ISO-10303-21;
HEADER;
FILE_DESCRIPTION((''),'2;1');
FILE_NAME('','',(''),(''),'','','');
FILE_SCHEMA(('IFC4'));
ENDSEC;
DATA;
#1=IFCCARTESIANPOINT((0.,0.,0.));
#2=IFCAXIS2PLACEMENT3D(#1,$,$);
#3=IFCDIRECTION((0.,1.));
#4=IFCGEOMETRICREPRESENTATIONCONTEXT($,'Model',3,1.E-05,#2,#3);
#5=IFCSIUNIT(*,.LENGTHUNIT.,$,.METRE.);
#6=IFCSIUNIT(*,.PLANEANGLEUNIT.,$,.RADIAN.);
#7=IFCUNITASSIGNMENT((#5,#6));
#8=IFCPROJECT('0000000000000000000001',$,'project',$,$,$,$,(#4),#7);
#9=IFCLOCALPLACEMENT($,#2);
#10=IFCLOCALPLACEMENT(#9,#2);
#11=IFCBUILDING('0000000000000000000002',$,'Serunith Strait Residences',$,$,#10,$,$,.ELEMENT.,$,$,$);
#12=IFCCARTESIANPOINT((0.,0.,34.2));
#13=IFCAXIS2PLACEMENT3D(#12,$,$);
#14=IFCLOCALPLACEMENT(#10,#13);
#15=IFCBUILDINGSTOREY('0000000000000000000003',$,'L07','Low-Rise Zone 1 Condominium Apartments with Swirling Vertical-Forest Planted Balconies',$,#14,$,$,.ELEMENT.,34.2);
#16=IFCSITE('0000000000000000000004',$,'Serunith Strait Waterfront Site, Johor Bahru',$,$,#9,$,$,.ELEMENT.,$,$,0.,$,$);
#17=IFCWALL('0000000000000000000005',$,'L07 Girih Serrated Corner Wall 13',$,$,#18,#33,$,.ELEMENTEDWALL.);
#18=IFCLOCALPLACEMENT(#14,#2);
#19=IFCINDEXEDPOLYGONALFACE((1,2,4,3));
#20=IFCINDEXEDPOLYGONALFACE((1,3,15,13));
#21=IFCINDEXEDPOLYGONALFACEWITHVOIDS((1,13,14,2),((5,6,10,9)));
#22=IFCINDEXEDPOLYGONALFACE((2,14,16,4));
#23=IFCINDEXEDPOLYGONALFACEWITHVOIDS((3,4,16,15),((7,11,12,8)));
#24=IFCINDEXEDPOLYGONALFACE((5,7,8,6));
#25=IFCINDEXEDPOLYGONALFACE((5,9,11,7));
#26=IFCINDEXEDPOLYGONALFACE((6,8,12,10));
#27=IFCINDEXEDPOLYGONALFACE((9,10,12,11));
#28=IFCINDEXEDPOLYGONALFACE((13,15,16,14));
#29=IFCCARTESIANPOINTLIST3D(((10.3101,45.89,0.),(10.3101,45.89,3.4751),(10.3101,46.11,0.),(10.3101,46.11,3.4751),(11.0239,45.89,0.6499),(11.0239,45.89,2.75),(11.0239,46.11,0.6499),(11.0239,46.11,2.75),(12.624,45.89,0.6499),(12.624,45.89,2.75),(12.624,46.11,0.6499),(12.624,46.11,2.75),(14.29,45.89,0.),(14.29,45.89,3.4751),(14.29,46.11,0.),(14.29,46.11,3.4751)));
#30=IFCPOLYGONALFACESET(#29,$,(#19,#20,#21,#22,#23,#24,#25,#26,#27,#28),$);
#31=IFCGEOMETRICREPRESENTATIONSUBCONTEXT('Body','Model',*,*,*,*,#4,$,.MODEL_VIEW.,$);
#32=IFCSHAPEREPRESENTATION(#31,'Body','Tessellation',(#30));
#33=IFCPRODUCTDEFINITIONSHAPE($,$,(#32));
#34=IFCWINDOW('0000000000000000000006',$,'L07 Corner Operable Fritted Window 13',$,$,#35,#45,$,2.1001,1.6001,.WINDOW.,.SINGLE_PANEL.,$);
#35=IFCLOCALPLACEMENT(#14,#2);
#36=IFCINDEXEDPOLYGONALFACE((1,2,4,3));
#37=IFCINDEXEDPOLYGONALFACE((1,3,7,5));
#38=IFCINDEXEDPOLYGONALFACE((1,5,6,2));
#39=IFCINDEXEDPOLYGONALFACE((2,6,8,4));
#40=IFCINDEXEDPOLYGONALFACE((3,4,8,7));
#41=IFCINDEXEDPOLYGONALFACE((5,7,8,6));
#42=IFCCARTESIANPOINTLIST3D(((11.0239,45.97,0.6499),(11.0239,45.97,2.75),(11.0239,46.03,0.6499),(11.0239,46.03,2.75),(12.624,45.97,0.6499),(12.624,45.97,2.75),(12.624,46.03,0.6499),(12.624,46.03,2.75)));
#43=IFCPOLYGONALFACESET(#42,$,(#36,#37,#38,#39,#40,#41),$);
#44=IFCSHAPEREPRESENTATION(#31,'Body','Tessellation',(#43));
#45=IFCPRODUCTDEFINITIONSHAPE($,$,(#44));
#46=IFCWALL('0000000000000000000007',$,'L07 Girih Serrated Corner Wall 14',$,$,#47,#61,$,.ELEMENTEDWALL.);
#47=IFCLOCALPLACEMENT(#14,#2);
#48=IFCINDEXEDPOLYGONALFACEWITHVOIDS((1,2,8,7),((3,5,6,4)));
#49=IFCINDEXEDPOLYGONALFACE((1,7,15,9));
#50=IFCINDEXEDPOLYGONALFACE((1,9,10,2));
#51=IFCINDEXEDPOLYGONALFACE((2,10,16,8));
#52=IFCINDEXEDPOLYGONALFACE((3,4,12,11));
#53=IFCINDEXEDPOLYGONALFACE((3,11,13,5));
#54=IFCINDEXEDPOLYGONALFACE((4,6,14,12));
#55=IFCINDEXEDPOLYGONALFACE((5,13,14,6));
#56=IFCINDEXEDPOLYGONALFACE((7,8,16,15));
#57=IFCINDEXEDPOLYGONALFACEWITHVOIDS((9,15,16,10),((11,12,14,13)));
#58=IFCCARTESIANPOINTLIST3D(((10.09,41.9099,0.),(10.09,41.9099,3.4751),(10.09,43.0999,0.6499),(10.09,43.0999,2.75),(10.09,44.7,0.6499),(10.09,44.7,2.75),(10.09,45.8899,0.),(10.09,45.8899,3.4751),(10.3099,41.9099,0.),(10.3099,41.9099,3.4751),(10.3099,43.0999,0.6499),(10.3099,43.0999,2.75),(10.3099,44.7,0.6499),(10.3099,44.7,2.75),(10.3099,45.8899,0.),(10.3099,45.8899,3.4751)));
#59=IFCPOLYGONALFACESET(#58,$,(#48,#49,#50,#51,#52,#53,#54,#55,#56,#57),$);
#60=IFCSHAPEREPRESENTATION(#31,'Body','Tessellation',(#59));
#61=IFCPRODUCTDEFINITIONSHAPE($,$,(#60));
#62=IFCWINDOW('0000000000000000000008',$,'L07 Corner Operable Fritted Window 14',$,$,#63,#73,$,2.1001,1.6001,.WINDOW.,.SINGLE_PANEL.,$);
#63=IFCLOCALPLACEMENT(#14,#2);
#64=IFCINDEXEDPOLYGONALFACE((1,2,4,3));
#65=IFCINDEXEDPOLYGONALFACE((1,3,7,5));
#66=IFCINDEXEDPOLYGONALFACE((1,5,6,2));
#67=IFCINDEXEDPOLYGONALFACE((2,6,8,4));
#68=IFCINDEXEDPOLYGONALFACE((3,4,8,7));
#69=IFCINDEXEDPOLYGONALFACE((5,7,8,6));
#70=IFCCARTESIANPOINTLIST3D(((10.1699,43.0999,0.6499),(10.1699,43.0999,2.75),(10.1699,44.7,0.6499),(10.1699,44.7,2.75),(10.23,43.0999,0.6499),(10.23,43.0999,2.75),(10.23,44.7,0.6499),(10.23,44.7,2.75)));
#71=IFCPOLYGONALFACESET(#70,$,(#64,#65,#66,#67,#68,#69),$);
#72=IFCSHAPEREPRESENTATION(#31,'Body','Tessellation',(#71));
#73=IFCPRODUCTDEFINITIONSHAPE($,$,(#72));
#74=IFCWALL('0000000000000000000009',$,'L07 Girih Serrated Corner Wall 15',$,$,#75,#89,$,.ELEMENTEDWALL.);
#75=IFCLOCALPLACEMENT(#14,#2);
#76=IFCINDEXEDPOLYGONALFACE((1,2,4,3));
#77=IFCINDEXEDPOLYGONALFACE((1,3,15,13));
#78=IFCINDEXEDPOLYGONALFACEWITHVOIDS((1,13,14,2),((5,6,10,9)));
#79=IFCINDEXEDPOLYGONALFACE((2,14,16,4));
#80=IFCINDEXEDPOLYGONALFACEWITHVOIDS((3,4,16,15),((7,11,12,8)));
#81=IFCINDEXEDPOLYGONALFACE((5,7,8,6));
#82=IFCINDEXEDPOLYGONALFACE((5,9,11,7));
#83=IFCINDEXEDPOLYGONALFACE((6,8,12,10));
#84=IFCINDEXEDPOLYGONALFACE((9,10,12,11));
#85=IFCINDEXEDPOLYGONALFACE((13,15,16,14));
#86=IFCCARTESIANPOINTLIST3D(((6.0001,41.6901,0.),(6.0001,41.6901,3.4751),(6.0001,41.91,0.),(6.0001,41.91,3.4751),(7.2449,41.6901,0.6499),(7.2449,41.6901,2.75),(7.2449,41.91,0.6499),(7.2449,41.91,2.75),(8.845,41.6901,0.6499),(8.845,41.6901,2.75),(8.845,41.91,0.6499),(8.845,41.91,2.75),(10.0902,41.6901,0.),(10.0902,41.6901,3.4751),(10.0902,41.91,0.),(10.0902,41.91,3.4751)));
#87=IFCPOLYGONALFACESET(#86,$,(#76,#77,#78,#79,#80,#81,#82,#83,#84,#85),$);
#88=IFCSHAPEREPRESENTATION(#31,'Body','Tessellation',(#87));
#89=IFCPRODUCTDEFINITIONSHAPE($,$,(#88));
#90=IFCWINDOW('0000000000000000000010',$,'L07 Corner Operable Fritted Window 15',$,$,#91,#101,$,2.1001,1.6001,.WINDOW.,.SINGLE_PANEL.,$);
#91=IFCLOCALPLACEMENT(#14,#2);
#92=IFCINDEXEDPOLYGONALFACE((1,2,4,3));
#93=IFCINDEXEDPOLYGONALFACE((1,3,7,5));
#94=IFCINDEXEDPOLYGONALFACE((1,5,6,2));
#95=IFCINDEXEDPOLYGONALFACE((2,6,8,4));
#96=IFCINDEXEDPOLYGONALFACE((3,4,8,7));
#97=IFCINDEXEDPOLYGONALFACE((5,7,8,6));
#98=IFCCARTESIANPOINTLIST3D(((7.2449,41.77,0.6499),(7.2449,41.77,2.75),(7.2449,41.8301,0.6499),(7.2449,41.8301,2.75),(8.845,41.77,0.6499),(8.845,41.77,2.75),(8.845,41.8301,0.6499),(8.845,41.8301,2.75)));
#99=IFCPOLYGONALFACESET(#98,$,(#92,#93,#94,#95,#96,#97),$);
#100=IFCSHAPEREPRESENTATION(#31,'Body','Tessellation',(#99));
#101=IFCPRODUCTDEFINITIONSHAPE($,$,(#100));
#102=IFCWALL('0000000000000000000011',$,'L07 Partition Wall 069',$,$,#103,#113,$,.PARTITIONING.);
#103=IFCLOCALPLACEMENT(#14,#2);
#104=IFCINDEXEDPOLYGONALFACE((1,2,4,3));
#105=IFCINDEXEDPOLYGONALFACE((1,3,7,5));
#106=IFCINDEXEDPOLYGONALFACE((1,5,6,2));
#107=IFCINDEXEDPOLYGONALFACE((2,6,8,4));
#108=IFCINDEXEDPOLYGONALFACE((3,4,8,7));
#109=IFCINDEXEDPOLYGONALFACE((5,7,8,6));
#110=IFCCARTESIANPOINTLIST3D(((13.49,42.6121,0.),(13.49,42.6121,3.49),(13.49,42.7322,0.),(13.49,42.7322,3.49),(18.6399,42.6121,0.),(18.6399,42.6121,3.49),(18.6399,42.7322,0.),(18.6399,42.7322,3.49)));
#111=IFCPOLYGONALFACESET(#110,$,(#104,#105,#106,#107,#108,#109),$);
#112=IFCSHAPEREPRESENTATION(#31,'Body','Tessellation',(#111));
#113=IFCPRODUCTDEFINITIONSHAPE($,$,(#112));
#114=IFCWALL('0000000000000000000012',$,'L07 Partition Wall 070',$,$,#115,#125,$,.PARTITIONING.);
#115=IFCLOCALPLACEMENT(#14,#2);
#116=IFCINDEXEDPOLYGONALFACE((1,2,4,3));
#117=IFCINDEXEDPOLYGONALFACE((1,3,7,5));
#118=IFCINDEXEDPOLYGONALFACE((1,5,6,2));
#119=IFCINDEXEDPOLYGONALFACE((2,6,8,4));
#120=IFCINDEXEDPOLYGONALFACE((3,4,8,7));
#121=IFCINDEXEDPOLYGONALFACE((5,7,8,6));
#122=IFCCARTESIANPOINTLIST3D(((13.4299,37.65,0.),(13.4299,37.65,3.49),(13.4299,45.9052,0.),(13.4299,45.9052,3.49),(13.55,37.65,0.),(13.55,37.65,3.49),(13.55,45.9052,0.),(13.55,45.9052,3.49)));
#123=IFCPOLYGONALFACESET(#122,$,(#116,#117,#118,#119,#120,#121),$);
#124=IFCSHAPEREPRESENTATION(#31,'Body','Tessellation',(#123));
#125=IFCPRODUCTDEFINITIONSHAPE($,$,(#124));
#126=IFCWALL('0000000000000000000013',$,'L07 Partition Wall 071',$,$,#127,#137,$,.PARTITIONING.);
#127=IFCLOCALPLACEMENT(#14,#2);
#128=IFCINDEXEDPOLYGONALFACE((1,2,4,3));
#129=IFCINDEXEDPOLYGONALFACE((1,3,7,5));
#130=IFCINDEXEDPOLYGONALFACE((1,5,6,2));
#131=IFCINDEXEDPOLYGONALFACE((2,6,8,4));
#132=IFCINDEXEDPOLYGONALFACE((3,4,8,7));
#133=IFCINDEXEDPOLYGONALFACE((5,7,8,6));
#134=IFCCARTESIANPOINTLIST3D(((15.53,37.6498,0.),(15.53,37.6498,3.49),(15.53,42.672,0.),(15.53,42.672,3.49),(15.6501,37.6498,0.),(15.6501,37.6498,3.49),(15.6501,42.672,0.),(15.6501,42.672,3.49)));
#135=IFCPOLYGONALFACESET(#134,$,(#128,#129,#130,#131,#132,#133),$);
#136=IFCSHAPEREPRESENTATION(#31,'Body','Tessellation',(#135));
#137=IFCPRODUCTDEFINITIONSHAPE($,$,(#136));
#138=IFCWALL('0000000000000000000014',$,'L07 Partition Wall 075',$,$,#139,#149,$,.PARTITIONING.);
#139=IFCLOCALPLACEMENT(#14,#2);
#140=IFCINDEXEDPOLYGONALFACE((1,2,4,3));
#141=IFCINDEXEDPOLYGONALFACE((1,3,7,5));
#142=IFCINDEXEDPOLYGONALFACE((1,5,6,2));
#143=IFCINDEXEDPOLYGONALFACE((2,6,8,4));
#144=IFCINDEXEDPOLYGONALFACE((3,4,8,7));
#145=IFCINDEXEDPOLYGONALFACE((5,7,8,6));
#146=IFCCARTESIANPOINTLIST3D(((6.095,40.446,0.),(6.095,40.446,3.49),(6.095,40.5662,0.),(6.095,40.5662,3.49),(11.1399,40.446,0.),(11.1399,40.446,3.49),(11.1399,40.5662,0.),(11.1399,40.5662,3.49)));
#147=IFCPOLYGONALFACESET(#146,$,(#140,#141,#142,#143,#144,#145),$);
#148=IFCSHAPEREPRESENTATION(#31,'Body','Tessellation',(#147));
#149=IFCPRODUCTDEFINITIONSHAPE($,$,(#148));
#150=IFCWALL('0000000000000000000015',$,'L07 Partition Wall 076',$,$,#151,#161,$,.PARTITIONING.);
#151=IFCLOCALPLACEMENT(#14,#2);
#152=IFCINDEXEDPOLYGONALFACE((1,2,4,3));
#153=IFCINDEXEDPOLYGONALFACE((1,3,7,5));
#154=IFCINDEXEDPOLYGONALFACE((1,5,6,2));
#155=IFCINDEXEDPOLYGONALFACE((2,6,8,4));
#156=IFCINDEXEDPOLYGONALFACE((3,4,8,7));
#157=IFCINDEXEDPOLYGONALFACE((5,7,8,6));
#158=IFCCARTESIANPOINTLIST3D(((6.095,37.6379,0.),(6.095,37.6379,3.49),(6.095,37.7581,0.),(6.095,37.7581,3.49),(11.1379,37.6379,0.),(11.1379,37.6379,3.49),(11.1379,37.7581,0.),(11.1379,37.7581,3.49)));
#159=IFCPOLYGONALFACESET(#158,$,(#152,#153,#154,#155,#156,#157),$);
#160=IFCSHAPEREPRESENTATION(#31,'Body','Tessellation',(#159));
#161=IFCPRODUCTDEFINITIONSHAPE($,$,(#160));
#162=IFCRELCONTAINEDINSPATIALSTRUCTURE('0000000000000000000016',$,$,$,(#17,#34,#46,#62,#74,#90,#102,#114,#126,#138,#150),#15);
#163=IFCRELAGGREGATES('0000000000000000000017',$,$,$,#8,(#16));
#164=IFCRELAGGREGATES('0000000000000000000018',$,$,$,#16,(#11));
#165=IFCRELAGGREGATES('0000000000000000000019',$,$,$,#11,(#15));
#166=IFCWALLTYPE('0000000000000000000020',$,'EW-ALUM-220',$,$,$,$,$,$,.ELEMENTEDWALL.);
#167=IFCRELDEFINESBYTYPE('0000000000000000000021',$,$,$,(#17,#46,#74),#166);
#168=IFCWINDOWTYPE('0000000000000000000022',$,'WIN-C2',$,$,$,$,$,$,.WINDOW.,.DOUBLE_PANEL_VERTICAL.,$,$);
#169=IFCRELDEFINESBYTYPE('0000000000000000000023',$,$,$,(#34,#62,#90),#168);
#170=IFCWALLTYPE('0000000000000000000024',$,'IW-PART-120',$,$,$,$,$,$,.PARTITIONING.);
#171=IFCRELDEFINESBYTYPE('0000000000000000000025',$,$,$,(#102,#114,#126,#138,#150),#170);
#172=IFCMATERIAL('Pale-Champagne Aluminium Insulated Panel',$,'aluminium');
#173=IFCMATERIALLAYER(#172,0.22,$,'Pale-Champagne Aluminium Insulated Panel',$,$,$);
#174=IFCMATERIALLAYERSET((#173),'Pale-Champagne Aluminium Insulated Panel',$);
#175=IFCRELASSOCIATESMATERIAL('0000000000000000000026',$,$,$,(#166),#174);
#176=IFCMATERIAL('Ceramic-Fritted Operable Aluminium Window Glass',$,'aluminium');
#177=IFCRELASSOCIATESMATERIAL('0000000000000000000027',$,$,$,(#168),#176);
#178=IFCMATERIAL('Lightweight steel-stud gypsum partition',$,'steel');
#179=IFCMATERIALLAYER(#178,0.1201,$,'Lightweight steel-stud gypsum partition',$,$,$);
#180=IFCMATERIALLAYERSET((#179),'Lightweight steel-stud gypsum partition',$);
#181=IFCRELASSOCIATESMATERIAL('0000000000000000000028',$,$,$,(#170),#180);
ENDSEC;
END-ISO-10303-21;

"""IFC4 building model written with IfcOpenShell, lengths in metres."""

from ifc_helpers import new_model, si_unit, direction, frame, frame_2d, origin, place, context, subcontext, project, spatial, rectangle, extrude, source, transform, mapped, material, layer, layer_set, type_object, element, fill, save


model = new_model("IFC4")

# Units and contexts
model_context = context("Model", 3, precision=1e-05, world=origin(), true_north=direction((0.0, 1.0)))
body_context = subcontext(model_context, "Body", "Model", "MODEL_VIEW")
ifc_project = project(units=[si_unit("LENGTHUNIT", "METRE"), si_unit("PLANEANGLEUNIT", "RADIAN")], contexts=[model_context])

# Site, building, storey
site_placement = place(None, origin())
site = spatial("IfcSite", under=ifc_project, at=site_placement, Name="Serunith Strait Waterfront Site, Johor Bahru", CompositionType="ELEMENT", RefElevation=0.0)
building_placement = place(site_placement, origin())
building = spatial("IfcBuilding", under=site, at=building_placement, Name="Serunith Strait Residences", CompositionType="ELEMENT")
storey_placement = place(building_placement, frame((0.0, 0.0, 34.2)))
storey = spatial("IfcBuildingStorey", under=building, at=storey_placement, Name="L07", Description="Low-Rise Zone 1 Condominium Apartments with Swirling Vertical-Forest Planted Balconies", CompositionType="ELEMENT", Elevation=34.2)

# Walls, openings, windows
ifc_material_1 = material(Name="Pale-Champagne Aluminium Insulated Panel", Category="aluminium")
ifc_layer_1 = layer(ifc_material_1, 0.22, Name="Pale-Champagne Aluminium Insulated Panel")
ifc_layer_set_1 = layer_set([ifc_layer_1], Name="Pale-Champagne Aluminium Insulated Panel")
wall_type_1 = type_object("IfcWallType", Name="EW-ALUM-220", PredefinedType="ELEMENTEDWALL", material=ifc_layer_set_1)
ifc_material_2 = material(Name="Ceramic-Fritted Operable Aluminium Window Glass", Category="aluminium")
window_type = type_object("IfcWindowType", Name="WIN-C2", PartitioningType="DOUBLE_PANEL_VERTICAL", PredefinedType="WINDOW", material=ifc_material_2)
shared_shape_1 = source(origin(), body_context, "Body", "SweptSolid", [
    extrude(rectangle(XDim=1.6001, YDim=2.1001, at=frame_2d((0.8, 1.05))), frame((0.0, 0.03, 0.0), z_axis=(0.0, -1.0, 0.0), x_axis=(1.0, 0.0, 0.0)), (0.0, 0.0, 1.0), 0.0601),
])
wall_1_placement = place(storey_placement, frame((14.29, 46.0, 0.0), z_axis=(0.0, 0.0, 1.0), x_axis=(-1.0, 0.0, 0.0)))
wall_1 = element("IfcWall", 1, at=wall_1_placement, inside=storey, type_object=wall_type_1, Name="L07 Girih Serrated Corner Wall 13", PredefinedType="ELEMENTEDWALL", context=body_context, shape_type="SweptSolid", body=[
    extrude(rectangle(XDim=3.98, YDim=0.22, at=frame_2d((1.99, 0.0))), origin(), (0.0, 0.0, 1.0), 3.4751),
])
opening_1_placement = place(wall_1_placement, frame((1.666, 0.0, 0.6499)))
opening_1 = element("IfcOpeningElement", 2, at=opening_1_placement, cuts=wall_1, PredefinedType="OPENING", context=body_context, shape_type="SweptSolid", body=[
    extrude(rectangle(XDim=1.6001, YDim=2.1001, at=frame_2d((0.8, 1.05))), frame((0.0, 0.1201, 0.0), z_axis=(0.0, -1.0, 0.0), x_axis=(1.0, 0.0, 0.0)), (0.0, 0.0, 1.0), 0.24),
])
window_1_placement = place(opening_1_placement, origin())
window_1 = element("IfcWindow", 3, at=window_1_placement, inside=storey, type_object=window_type, Name="L07 Corner Operable Fritted Window 13", OverallHeight=2.1001, OverallWidth=1.6001, PartitioningType="SINGLE_PANEL", PredefinedType="WINDOW", context=body_context, shape_type="MappedRepresentation", body=[
    mapped(shared_shape_1, transform((0.0, 0.0, 0.0), scale=1.0)),
])
fill(opening_1, window_1)
wall_2_placement = place(storey_placement, frame((10.2, 45.8899, 0.0), z_axis=(0.0, 0.0, 1.0), x_axis=(0.0, -1.0, 0.0)))
wall_2 = element("IfcWall", 4, at=wall_2_placement, inside=storey, type_object=wall_type_1, Name="L07 Girih Serrated Corner Wall 14", PredefinedType="ELEMENTEDWALL", context=body_context, shape_type="SweptSolid", body=[
    extrude(rectangle(XDim=3.98, YDim=0.22, at=frame_2d((1.99, 0.0))), origin(), (0.0, 0.0, 1.0), 3.4751),
])
opening_2_placement = place(wall_2_placement, frame((1.1899, 0.0, 0.6499)))
opening_2 = element("IfcOpeningElement", 5, at=opening_2_placement, cuts=wall_2, PredefinedType="OPENING", context=body_context, shape_type="SweptSolid", body=[
    extrude(rectangle(XDim=1.6001, YDim=2.1001, at=frame_2d((0.8, 1.05))), frame((0.0, 0.1201, 0.0), z_axis=(0.0, -1.0, 0.0), x_axis=(1.0, 0.0, 0.0)), (0.0, 0.0, 1.0), 0.24),
])
window_2_placement = place(opening_2_placement, origin())
window_2 = element("IfcWindow", 6, at=window_2_placement, inside=storey, type_object=window_type, Name="L07 Corner Operable Fritted Window 14", OverallHeight=2.1001, OverallWidth=1.6001, PartitioningType="SINGLE_PANEL", PredefinedType="WINDOW", context=body_context, shape_type="MappedRepresentation", body=[
    mapped(shared_shape_1, transform((0.0, 0.0, 0.0), scale=1.0)),
])
fill(opening_2, window_2)
wall_3_placement = place(storey_placement, frame((10.0901, 41.8, 0.0), z_axis=(0.0, 0.0, 1.0), x_axis=(-1.0, 0.0, 0.0)))
wall_3 = element("IfcWall", 7, at=wall_3_placement, inside=storey, type_object=wall_type_1, Name="L07 Girih Serrated Corner Wall 15", PredefinedType="ELEMENTEDWALL", context=body_context, shape_type="SweptSolid", body=[
    extrude(rectangle(XDim=4.0901, YDim=0.22, at=frame_2d((2.0449, 0.0))), origin(), (0.0, 0.0, 1.0), 3.4751),
])
opening_3_placement = place(wall_3_placement, frame((1.2451, 0.0, 0.6499)))
opening_3 = element("IfcOpeningElement", 8, at=opening_3_placement, cuts=wall_3, PredefinedType="OPENING", context=body_context, shape_type="SweptSolid", body=[
    extrude(rectangle(XDim=1.6001, YDim=2.1001, at=frame_2d((0.8, 1.05))), frame((0.0, 0.1201, 0.0), z_axis=(0.0, -1.0, 0.0), x_axis=(1.0, 0.0, 0.0)), (0.0, 0.0, 1.0), 0.24),
])
window_3_placement = place(opening_3_placement, origin())
window_3 = element("IfcWindow", 9, at=window_3_placement, inside=storey, type_object=window_type, Name="L07 Corner Operable Fritted Window 15", OverallHeight=2.1001, OverallWidth=1.6001, PartitioningType="SINGLE_PANEL", PredefinedType="WINDOW", context=body_context, shape_type="MappedRepresentation", body=[
    mapped(shared_shape_1, transform((0.0, 0.0, 0.0), scale=1.0)),
])
fill(opening_3, window_3)

# Walls
ifc_material_3 = material(Name="Lightweight steel-stud gypsum partition", Category="steel")
ifc_layer_2 = layer(ifc_material_3, 0.1201, Name="Lightweight steel-stud gypsum partition")
ifc_layer_set_2 = layer_set([ifc_layer_2], Name="Lightweight steel-stud gypsum partition")
wall_type_2 = type_object("IfcWallType", Name="IW-PART-120", PredefinedType="PARTITIONING", material=ifc_layer_set_2)
wall_4_placement = place(storey_placement, frame((13.49, 42.6721, 0.0), z_axis=(0.0, 0.0, 1.0), x_axis=(1.0, 0.0, 0.0)))
element("IfcWall", 10, at=wall_4_placement, inside=storey, type_object=wall_type_2, Name="L07 Partition Wall 069", PredefinedType="PARTITIONING", context=body_context, shape_type="SweptSolid", body=[
    extrude(rectangle(XDim=5.1499, YDim=0.1201, at=frame_2d((2.575, 0.0))), origin(), (0.0, 0.0, 1.0), 3.49),
])
wall_5_placement = place(storey_placement, frame((13.49, 45.905, 0.0), z_axis=(0.0, 0.0, 1.0), x_axis=(0.0, -1.0, 0.0)))
element("IfcWall", 11, at=wall_5_placement, inside=storey, type_object=wall_type_2, Name="L07 Partition Wall 070", PredefinedType="PARTITIONING", context=body_context, shape_type="SweptSolid", body=[
    extrude(rectangle(XDim=8.2551, YDim=0.1201, at=frame_2d((4.1274, 0.0))), origin(), (0.0, 0.0, 1.0), 3.49),
])
wall_6_placement = place(storey_placement, frame((15.5901, 42.6721, 0.0), z_axis=(0.0, 0.0, 1.0), x_axis=(0.0, -1.0, 0.0)))
element("IfcWall", 12, at=wall_6_placement, inside=storey, type_object=wall_type_2, Name="L07 Partition Wall 071", PredefinedType="PARTITIONING", context=body_context, shape_type="SweptSolid", body=[
    extrude(rectangle(XDim=5.0222, YDim=0.1201, at=frame_2d((2.5112, 0.0))), origin(), (0.0, 0.0, 1.0), 3.49),
])
wall_7_placement = place(storey_placement, frame((6.095, 40.5061, 0.0), z_axis=(0.0, 0.0, 1.0), x_axis=(1.0, 0.0, 0.0)))
element("IfcWall", 13, at=wall_7_placement, inside=storey, type_object=wall_type_2, Name="L07 Partition Wall 075", PredefinedType="PARTITIONING", context=body_context, shape_type="SweptSolid", body=[
    extrude(rectangle(XDim=5.0449, YDim=0.1201, at=frame_2d((2.5225, 0.0))), origin(), (0.0, 0.0, 1.0), 3.49),
])
wall_8_placement = place(storey_placement, frame((6.095, 37.698, 0.0), z_axis=(0.0, 0.0, 1.0), x_axis=(1.0, 0.0, 0.0)))
element("IfcWall", 14, at=wall_8_placement, inside=storey, type_object=wall_type_2, Name="L07 Partition Wall 076", PredefinedType="PARTITIONING", context=body_context, shape_type="SweptSolid", body=[
    extrude(rectangle(XDim=5.043, YDim=0.1201, at=frame_2d((2.5215, 0.0))), origin(), (0.0, 0.0, 1.0), 3.49),
])

save(model, "model.ifc")
